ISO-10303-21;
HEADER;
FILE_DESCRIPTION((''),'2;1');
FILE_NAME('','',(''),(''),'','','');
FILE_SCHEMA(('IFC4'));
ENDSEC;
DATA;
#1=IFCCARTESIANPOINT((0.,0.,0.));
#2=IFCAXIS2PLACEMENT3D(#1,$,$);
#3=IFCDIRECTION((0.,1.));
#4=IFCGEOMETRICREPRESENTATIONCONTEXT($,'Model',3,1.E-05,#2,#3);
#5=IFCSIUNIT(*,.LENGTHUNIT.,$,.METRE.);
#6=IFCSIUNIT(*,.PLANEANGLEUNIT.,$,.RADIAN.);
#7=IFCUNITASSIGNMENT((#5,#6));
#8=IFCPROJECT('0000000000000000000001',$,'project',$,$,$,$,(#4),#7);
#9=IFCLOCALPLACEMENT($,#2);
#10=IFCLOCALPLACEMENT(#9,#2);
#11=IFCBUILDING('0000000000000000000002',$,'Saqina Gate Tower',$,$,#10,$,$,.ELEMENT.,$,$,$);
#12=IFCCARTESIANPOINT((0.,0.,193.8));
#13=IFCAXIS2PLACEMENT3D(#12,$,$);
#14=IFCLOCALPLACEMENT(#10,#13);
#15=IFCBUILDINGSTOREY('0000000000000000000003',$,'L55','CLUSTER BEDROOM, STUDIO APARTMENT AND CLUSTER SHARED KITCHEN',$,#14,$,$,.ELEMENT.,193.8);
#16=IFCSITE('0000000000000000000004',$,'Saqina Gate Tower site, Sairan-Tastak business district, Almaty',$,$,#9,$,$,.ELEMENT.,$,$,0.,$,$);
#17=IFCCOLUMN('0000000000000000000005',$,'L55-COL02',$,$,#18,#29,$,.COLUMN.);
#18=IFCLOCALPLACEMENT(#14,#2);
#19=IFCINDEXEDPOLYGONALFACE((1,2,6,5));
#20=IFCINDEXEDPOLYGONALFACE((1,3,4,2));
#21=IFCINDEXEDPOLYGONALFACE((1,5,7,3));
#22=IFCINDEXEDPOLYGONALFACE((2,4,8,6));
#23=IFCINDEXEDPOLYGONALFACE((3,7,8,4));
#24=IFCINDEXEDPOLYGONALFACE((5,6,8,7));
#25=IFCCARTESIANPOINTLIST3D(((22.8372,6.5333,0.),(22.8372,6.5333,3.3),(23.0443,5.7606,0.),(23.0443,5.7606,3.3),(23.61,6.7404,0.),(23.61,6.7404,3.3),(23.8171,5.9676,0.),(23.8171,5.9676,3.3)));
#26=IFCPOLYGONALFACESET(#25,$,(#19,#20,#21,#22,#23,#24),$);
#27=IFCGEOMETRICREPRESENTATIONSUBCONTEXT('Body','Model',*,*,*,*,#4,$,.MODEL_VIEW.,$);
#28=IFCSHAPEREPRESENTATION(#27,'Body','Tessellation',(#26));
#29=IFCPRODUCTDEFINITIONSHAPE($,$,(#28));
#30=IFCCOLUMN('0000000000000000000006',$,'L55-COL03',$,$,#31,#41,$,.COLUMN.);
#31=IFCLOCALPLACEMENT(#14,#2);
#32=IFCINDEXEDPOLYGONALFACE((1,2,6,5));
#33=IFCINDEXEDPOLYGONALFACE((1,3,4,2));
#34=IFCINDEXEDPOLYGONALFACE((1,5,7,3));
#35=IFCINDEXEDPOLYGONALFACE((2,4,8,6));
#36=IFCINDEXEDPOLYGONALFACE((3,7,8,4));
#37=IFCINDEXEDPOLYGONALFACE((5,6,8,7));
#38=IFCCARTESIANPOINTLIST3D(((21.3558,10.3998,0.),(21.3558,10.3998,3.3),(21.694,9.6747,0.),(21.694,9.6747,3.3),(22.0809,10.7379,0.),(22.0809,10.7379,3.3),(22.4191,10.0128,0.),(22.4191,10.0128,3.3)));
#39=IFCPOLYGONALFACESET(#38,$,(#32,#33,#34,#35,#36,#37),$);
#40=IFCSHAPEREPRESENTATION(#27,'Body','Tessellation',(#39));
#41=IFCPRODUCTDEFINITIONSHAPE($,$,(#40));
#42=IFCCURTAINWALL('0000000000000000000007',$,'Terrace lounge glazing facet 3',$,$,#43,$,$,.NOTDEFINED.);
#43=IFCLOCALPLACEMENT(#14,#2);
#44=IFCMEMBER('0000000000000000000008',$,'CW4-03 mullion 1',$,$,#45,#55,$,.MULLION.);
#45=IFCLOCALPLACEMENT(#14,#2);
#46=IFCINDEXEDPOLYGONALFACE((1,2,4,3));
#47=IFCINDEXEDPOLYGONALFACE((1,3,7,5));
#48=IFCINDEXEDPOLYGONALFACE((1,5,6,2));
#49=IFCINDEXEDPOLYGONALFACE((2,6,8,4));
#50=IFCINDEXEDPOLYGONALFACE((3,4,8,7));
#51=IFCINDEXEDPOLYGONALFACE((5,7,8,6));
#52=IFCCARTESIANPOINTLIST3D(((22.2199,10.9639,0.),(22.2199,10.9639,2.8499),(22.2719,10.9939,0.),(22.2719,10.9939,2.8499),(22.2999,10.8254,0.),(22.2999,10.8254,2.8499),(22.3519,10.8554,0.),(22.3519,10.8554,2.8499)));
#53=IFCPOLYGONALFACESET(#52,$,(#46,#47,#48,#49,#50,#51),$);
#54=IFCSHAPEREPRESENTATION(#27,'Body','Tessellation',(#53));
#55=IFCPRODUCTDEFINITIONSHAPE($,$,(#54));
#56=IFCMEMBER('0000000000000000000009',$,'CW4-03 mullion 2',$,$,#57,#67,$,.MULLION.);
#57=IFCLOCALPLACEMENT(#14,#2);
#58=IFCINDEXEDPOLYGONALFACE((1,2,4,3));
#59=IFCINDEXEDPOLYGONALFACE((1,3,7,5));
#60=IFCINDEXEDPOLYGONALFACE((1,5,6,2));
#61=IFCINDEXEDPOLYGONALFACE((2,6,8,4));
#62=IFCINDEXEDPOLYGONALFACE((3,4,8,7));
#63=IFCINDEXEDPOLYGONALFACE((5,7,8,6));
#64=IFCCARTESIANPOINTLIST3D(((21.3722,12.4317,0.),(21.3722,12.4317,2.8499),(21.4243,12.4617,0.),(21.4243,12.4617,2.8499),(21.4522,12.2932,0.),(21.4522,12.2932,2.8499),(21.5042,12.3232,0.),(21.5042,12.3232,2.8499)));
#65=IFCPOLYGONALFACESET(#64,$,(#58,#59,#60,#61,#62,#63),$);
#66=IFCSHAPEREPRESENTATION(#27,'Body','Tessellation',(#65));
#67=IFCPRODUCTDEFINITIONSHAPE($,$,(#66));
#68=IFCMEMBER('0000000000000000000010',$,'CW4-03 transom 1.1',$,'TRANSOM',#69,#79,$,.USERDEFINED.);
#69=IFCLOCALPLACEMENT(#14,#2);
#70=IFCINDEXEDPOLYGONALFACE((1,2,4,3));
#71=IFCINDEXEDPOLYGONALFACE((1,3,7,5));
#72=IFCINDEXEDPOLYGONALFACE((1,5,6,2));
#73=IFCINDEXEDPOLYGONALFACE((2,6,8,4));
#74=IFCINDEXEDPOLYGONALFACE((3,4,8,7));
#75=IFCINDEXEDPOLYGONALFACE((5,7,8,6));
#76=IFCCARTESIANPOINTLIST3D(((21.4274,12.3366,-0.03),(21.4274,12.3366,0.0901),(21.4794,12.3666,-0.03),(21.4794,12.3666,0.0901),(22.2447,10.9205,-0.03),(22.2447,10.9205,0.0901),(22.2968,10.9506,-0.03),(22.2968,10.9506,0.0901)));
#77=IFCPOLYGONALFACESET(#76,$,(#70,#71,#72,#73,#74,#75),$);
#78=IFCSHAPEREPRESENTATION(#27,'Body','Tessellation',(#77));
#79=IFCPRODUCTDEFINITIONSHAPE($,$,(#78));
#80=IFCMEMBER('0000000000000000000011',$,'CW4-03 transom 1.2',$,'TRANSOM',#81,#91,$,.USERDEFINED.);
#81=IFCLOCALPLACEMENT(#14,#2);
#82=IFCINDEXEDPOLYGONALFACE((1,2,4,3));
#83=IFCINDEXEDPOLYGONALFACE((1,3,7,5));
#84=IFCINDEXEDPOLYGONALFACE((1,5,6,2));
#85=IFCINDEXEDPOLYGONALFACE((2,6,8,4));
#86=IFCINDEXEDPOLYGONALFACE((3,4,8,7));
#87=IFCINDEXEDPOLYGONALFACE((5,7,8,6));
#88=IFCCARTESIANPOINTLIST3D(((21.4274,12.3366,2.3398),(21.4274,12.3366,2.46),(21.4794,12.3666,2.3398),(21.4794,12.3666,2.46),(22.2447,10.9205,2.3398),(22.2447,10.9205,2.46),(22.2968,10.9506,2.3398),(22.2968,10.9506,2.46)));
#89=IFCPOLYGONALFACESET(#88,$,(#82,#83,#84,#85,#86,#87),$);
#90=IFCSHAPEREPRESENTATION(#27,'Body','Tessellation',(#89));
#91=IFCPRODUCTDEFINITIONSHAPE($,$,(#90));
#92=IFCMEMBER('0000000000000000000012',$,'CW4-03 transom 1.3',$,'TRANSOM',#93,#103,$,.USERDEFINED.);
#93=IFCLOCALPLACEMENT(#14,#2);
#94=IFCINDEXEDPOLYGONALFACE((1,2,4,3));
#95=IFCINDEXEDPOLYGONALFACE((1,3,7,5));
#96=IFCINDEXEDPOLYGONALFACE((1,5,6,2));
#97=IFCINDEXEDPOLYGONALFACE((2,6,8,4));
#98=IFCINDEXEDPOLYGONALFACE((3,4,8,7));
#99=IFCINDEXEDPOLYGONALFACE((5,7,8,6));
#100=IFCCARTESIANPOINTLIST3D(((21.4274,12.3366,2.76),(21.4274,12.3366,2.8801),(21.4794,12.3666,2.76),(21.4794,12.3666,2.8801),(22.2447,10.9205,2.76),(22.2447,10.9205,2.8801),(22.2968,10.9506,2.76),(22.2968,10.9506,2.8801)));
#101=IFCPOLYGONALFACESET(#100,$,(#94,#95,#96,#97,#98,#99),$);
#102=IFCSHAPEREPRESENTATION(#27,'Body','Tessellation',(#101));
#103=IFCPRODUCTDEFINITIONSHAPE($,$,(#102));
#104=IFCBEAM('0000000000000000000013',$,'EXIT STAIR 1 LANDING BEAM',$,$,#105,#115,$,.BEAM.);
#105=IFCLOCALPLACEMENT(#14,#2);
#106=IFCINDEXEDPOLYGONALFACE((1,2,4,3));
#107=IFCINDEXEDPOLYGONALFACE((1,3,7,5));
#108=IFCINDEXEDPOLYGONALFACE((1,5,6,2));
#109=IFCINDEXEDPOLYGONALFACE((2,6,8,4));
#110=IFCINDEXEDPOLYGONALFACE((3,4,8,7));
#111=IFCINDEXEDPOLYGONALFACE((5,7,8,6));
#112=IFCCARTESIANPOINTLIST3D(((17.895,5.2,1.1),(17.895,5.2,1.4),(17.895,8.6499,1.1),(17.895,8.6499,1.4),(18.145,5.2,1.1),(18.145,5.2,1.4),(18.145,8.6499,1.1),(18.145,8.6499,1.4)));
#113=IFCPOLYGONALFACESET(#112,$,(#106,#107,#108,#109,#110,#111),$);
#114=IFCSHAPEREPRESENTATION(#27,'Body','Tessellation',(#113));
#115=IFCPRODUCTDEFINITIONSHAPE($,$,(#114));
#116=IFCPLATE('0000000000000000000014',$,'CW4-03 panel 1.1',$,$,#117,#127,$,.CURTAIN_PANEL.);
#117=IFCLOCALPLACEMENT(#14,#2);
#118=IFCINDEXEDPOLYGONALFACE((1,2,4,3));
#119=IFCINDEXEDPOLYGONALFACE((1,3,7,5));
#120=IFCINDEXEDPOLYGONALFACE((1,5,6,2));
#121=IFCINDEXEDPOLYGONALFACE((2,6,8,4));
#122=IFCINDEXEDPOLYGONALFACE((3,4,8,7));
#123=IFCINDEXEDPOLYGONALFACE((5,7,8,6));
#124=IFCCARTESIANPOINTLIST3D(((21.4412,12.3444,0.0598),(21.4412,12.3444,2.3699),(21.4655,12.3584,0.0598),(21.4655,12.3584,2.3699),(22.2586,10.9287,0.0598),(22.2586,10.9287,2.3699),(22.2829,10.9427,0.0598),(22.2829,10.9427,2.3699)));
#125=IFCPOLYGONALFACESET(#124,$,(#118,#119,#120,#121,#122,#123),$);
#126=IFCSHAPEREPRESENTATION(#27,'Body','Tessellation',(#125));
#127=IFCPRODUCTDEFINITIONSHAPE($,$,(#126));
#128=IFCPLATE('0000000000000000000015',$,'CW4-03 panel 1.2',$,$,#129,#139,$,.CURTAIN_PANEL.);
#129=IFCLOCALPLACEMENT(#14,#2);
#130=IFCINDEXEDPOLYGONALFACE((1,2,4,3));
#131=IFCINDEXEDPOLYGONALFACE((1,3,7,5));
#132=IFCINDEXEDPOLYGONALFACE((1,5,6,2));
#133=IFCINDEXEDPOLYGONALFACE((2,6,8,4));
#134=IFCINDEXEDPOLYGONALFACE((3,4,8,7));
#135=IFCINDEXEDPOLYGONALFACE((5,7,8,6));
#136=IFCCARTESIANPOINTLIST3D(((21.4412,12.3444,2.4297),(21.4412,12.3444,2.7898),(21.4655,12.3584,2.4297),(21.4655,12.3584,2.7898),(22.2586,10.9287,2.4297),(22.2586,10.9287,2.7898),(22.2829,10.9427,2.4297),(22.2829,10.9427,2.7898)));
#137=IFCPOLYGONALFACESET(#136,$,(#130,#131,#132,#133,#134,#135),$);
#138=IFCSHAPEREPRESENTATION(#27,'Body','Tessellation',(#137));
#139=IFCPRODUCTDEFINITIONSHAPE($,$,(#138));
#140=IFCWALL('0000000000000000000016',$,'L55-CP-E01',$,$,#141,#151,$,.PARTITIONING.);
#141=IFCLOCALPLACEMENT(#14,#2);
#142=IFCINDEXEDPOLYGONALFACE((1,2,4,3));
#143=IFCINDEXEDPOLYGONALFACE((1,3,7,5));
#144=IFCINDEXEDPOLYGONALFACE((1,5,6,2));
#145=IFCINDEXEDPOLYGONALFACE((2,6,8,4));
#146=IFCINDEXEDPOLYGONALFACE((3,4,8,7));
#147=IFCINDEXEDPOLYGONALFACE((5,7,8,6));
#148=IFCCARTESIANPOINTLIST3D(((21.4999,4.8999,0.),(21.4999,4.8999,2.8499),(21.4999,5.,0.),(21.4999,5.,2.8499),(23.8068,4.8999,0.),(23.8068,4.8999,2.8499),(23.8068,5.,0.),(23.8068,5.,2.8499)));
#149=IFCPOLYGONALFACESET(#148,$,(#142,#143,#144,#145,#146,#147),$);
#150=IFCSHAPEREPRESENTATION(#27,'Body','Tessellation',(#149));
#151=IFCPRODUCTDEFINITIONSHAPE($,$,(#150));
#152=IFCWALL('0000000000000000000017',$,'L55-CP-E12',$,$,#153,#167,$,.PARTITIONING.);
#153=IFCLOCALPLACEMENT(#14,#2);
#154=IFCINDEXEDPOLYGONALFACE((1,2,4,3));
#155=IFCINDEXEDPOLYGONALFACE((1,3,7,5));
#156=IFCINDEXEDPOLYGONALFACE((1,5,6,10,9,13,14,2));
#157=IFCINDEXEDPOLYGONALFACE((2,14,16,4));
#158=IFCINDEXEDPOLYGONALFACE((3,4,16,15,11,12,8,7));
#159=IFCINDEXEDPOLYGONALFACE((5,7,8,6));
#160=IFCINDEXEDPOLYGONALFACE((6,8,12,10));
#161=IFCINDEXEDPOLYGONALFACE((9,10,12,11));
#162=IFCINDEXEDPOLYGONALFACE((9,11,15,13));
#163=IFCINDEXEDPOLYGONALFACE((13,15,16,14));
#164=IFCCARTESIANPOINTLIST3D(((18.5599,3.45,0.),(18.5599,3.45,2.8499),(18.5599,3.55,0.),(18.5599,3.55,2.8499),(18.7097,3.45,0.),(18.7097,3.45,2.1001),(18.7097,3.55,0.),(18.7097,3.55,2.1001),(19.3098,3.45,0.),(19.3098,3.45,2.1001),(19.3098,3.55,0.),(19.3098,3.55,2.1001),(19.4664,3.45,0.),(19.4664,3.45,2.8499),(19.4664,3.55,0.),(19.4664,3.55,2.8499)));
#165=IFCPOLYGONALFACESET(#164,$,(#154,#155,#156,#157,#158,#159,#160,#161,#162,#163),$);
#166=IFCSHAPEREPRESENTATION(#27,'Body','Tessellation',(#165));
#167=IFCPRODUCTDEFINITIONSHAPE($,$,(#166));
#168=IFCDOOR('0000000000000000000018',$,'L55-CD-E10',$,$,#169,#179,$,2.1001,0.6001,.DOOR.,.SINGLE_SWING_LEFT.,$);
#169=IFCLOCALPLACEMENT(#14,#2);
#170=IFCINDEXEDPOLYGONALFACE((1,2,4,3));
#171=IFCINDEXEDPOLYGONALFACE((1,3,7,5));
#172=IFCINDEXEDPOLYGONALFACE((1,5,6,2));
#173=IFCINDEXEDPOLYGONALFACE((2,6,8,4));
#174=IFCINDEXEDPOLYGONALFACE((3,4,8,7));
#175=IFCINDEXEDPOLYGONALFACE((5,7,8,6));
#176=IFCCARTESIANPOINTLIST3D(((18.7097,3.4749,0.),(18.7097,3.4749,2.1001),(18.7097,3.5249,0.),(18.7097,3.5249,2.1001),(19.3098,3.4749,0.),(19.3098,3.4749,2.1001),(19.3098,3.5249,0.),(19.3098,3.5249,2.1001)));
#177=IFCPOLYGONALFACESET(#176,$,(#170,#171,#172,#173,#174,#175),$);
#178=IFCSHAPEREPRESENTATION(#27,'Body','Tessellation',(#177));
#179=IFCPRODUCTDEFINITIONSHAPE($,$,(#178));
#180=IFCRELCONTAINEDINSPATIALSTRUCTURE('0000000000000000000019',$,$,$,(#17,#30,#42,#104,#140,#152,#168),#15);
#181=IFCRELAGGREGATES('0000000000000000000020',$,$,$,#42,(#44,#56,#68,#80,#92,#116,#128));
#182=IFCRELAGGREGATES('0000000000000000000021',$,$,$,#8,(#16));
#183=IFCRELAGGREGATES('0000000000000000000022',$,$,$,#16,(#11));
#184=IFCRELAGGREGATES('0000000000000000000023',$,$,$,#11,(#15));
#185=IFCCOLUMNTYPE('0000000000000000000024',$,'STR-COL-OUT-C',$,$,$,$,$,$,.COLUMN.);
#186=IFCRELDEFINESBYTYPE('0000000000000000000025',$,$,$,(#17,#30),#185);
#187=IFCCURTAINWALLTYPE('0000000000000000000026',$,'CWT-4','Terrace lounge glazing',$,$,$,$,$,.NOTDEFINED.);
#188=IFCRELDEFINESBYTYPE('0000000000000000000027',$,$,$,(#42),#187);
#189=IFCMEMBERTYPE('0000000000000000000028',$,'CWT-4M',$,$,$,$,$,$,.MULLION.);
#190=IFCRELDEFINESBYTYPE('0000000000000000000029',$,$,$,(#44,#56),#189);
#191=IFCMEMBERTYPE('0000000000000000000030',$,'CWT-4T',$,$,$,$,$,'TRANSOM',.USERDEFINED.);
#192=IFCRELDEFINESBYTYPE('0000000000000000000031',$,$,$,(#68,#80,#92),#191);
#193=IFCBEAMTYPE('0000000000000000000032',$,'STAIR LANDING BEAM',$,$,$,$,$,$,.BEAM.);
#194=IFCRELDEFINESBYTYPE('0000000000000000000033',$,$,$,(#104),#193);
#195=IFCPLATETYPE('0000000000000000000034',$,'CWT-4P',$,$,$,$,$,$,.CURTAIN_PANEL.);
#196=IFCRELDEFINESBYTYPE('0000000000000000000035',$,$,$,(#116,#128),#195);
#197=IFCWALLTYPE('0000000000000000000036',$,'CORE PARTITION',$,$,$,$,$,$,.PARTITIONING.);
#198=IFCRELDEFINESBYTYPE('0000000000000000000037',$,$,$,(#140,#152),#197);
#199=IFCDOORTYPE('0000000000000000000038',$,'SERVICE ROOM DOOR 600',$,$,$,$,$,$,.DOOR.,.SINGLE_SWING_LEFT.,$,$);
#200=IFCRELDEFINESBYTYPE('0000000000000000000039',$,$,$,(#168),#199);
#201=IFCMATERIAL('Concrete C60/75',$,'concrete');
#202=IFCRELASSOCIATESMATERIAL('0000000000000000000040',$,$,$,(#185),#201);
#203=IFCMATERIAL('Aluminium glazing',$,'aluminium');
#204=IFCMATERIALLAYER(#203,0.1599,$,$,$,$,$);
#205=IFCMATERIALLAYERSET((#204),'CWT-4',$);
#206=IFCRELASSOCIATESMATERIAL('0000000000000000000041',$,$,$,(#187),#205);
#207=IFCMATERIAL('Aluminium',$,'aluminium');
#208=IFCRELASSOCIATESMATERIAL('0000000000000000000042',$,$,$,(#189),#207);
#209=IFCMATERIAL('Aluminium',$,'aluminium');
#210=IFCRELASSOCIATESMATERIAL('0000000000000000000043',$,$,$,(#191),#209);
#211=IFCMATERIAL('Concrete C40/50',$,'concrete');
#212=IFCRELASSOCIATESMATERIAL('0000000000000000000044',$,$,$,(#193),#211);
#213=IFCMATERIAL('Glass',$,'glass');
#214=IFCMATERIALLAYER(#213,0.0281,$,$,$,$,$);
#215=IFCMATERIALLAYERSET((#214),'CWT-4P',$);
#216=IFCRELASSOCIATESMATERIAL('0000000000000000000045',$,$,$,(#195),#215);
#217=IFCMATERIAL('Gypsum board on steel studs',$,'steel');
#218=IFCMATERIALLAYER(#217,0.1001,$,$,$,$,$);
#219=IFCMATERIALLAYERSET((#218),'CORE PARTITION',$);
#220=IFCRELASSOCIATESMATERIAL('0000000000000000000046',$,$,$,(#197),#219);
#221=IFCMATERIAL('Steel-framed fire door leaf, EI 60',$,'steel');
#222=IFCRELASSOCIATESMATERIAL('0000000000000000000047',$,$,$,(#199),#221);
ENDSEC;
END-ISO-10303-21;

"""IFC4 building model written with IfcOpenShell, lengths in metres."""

from ifc_helpers import new_model, si_unit, direction, frame, frame_2d, origin, origin_2d, place, context, subcontext, project, spatial, rectangle, extrude, material, layer, layer_set, material_profile, profile_set, type_object, element, fill, aggregate, save


model = new_model("IFC4")

# Units and contexts
model_context = context("Model", 3, precision=1e-05, world=origin(), true_north=direction((0.0, 1.0)))
body_context = subcontext(model_context, "Body", "Model", "MODEL_VIEW")
ifc_project = project(units=[si_unit("LENGTHUNIT", "METRE"), si_unit("PLANEANGLEUNIT", "RADIAN")], contexts=[model_context])

# Site, building, storey
site_placement = place(None, origin())
site = spatial("IfcSite", under=ifc_project, at=site_placement, Name="Saqina Gate Tower site, Sairan-Tastak business district, Almaty", CompositionType="ELEMENT", RefElevation=0.0)
building_placement = place(site_placement, origin())
building = spatial("IfcBuilding", under=site, at=building_placement, Name="Saqina Gate Tower", CompositionType="ELEMENT")
storey_placement = place(building_placement, frame((0.0, 0.0, 193.8)))
storey = spatial("IfcBuildingStorey", under=building, at=storey_placement, Name="L55", Description="CLUSTER BEDROOM, STUDIO APARTMENT AND CLUSTER SHARED KITCHEN", CompositionType="ELEMENT", Elevation=193.8)

# Columns
ifc_material_1 = material(Name="Concrete C60/75", Category="concrete")
ifc_material_profile_1 = material_profile(ifc_material_1, rectangle(XDim=0.8, YDim=0.8, at=origin_2d()), Name="RC 800x800")
ifc_profile_set_1 = profile_set([ifc_material_profile_1], Name="Concrete C60/75")
column_type = type_object("IfcColumnType", Name="STR-COL-OUT-C", PredefinedType="COLUMN", material=ifc_profile_set_1)
for number, where, z_axis, x_axis, name in (
    (1, (23.3271, 6.2505, 0.0), (0.0, 0.0, 1.0), (0.965926, 0.258819, 0.0), "L55-COL02"),
    (2, (21.8875, 10.2063, 0.0), (0.0, 0.0, 1.0), (0.906308, 0.422618, 0.0), "L55-COL03"),
):
    element("IfcColumn", number, at=place(storey_placement, frame(where, z_axis=z_axis, x_axis=x_axis)), inside=storey, type_object=column_type, Name=name, PredefinedType="COLUMN", context=body_context, shape_type="SweptSolid", body=[
        extrude(rectangle(XDim=0.8, YDim=0.8, at=origin_2d()), origin(), (0.0, 0.0, 1.0), 3.3),
    ])

# Curtain wall, members
ifc_material_2 = material(Name="Aluminium glazing", Category="aluminium")
ifc_layer_1 = layer(ifc_material_2, 0.1599)
ifc_layer_set_1 = layer_set([ifc_layer_1], Name="CWT-4")
curtain_wall_type = type_object("IfcCurtainWallType", Name="CWT-4", Description="Terrace lounge glazing", PredefinedType="NOTDEFINED", material=ifc_layer_set_1)
curtain_wall_placement = place(storey_placement, origin())
curtain_wall = element("IfcCurtainWall", 3, at=curtain_wall_placement, inside=storey, type_object=curtain_wall_type, Name="Terrace lounge glazing facet 3", PredefinedType="NOTDEFINED")
ifc_material_3 = material(Name="Aluminium", Category="aluminium")
ifc_material_profile_2 = material_profile(ifc_material_3, rectangle(XDim=0.0601, YDim=0.1599, at=origin_2d()), Name="Aluminium 60x160")
ifc_profile_set_2 = profile_set([ifc_material_profile_2], Name="Aluminium")
member_type_1 = type_object("IfcMemberType", Name="CWT-4M", PredefinedType="MULLION", material=ifc_profile_set_2)
member_1_placement = place(storey_placement, frame((22.2859, 10.9097, 0.0), z_axis=(0.0, 0.0, 1.0), x_axis=(-0.866017, -0.500014, 0.0)))
member_1 = element("IfcMember", 4, at=member_1_placement, type_object=member_type_1, Name="CW4-03 mullion 1", PredefinedType="MULLION", context=body_context, shape_type="SweptSolid", body=[
    extrude(rectangle(XDim=0.0601, YDim=0.1599, at=origin_2d()), origin(), (0.0, 0.0, 1.0), 2.8499),
])
member_2_placement = place(storey_placement, frame((21.4382, 12.3774, 0.0), z_axis=(0.0, 0.0, 1.0), x_axis=(-0.866017, -0.500014, 0.0)))
member_2 = element("IfcMember", 5, at=member_2_placement, type_object=member_type_1, Name="CW4-03 mullion 2", PredefinedType="MULLION", context=body_context, shape_type="SweptSolid", body=[
    extrude(rectangle(XDim=0.0601, YDim=0.1599, at=origin_2d()), origin(), (0.0, 0.0, 1.0), 2.8499),
])
ifc_material_4 = material(Name="Aluminium", Category="aluminium")
ifc_material_profile_3 = material_profile(ifc_material_4, rectangle(XDim=0.0601, YDim=0.1201, at=origin_2d()), Name="Aluminium 60x120")
ifc_profile_set_3 = profile_set([ifc_material_profile_3], Name="Aluminium")
member_type_2 = type_object("IfcMemberType", Name="CWT-4T", ElementType="TRANSOM", PredefinedType="USERDEFINED", material=ifc_profile_set_3)
member_3_placement = place(storey_placement, frame((22.2708, 10.9355, 0.03), z_axis=(-0.499929, 0.866066, 0.0), x_axis=(-0.866066, -0.499929, 0.0)))
member_3 = element("IfcMember", 6, at=member_3_placement, type_object=member_type_2, Name="CW4-03 transom 1.1", ObjectType="TRANSOM", PredefinedType="USERDEFINED", context=body_context, shape_type="SweptSolid", body=[
    extrude(rectangle(XDim=0.0601, YDim=0.1201, at=origin_2d()), origin(), (0.0, 0.0, 1.0), 1.635),
])
member_4_placement = place(storey_placement, frame((22.2708, 10.9355, 2.3999), z_axis=(-0.499929, 0.866066, 0.0), x_axis=(-0.866066, -0.499929, 0.0)))
member_4 = element("IfcMember", 7, at=member_4_placement, type_object=member_type_2, Name="CW4-03 transom 1.2", ObjectType="TRANSOM", PredefinedType="USERDEFINED", context=body_context, shape_type="SweptSolid", body=[
    extrude(rectangle(XDim=0.0601, YDim=0.1201, at=origin_2d()), origin(), (0.0, 0.0, 1.0), 1.635),
])
member_5_placement = place(storey_placement, frame((22.2708, 10.9355, 2.8201), z_axis=(-0.499929, 0.866066, 0.0), x_axis=(-0.866066, -0.499929, 0.0)))
member_5 = element("IfcMember", 8, at=member_5_placement, type_object=member_type_2, Name="CW4-03 transom 1.3", ObjectType="TRANSOM", PredefinedType="USERDEFINED", context=body_context, shape_type="SweptSolid", body=[
    extrude(rectangle(XDim=0.0601, YDim=0.1201, at=origin_2d()), origin(), (0.0, 0.0, 1.0), 1.635),
])

# Beam
ifc_material_5 = material(Name="Concrete C40/50", Category="concrete")
ifc_material_profile_4 = material_profile(ifc_material_5, rectangle(XDim=0.25, YDim=0.3, at=origin_2d()), Name="STAIR LANDING BEAM")
ifc_profile_set_4 = profile_set([ifc_material_profile_4], Name="Concrete C40/50")
beam_type = type_object("IfcBeamType", Name="STAIR LANDING BEAM", PredefinedType="BEAM", material=ifc_profile_set_4)
beam_placement = place(storey_placement, frame((18.02, 5.2, 1.25), z_axis=(0.0, 1.0, 0.0), x_axis=(-1.0, 0.0, 0.0)))
element("IfcBeam", 9, at=beam_placement, inside=storey, type_object=beam_type, Name="EXIT STAIR 1 LANDING BEAM", PredefinedType="BEAM", context=body_context, shape_type="SweptSolid", body=[
    extrude(rectangle(XDim=0.25, YDim=0.3, at=origin_2d()), origin(), (0.0, 0.0, 1.0), 3.45),
])

# Plates
ifc_material_6 = material(Name="Glass", Category="glass")
ifc_layer_2 = layer(ifc_material_6, 0.0281)
ifc_layer_set_2 = layer_set([ifc_layer_2], Name="CWT-4P")
plate_type = type_object("IfcPlateType", Name="CWT-4P", PredefinedType="CURTAIN_PANEL", material=ifc_layer_set_2)
plate_1_placement = place(storey_placement, frame((21.8621, 11.6436, 0.0598), z_axis=(0.0, 0.0, 1.0), x_axis=(-0.500014, 0.866017, 0.0)))
plate_1 = element("IfcPlate", 10, at=plate_1_placement, type_object=plate_type, Name="CW4-03 panel 1.1", PredefinedType="CURTAIN_PANEL", context=body_context, shape_type="SweptSolid", body=[
    extrude(rectangle(XDim=1.6348, YDim=0.0281, at=origin_2d()), origin(), (0.0, 0.0, 1.0), 2.3101),
])
plate_2_placement = place(storey_placement, frame((21.8621, 11.6436, 2.4297), z_axis=(0.0, 0.0, 1.0), x_axis=(-0.500014, 0.866017, 0.0)))
plate_2 = element("IfcPlate", 11, at=plate_2_placement, type_object=plate_type, Name="CW4-03 panel 1.2", PredefinedType="CURTAIN_PANEL", context=body_context, shape_type="SweptSolid", body=[
    extrude(rectangle(XDim=1.6348, YDim=0.0281, at=origin_2d()), origin(), (0.0, 0.0, 1.0), 0.3601),
])
aggregate(curtain_wall, [member_1, member_2, member_3, member_4, member_5, plate_1, plate_2])

# Wall
ifc_material_7 = material(Name="Gypsum board on steel studs", Category="steel")
ifc_layer_3 = layer(ifc_material_7, 0.1001)
ifc_layer_set_3 = layer_set([ifc_layer_3], Name="CORE PARTITION")
wall_type_1 = type_object("IfcWallType", Name="CORE PARTITION", PredefinedType="PARTITIONING", material=ifc_layer_set_3)
wall_1_placement = place(storey_placement, frame((21.5, 4.95, 0.0), z_axis=(0.0, 0.0, 1.0), x_axis=(1.0, 0.0, 0.0)))
element("IfcWall", 12, at=wall_1_placement, inside=storey, type_object=wall_type_1, Name="L55-CP-E01", PredefinedType="PARTITIONING", context=body_context, shape_type="SweptSolid", body=[
    extrude(rectangle(XDim=2.3069, YDim=0.1001, at=frame_2d((1.1533, 0.0))), origin(), (0.0, 0.0, 1.0), 2.8499),
])

# Wall, opening, door
wall_2_placement = place(storey_placement, frame((18.5601, 3.5, 0.0), z_axis=(0.0, 0.0, 1.0), x_axis=(1.0, 0.0, 0.0)))
wall_2 = element("IfcWall", 13, at=wall_2_placement, inside=storey, type_object=wall_type_1, Name="L55-CP-E12", PredefinedType="PARTITIONING", context=body_context, shape_type="SweptSolid", body=[
    extrude(rectangle(XDim=0.9065, YDim=0.1001, at=frame_2d((0.4531, 0.0))), origin(), (0.0, 0.0, 1.0), 2.8499),
])
opening_1_placement = place(wall_2_placement, frame((0.1497, 0.0, 0.0)))
opening_1 = element("IfcOpeningElement", 14, at=opening_1_placement, cuts=wall_2, PredefinedType="OPENING", context=body_context, shape_type="SweptSolid", body=[
    extrude(rectangle(XDim=0.6001, YDim=2.1001, at=frame_2d((0.3, 1.05))), frame((0.0, 0.062, 0.0), z_axis=(0.0, -1.0, 0.0), x_axis=(1.0, 0.0, 0.0)), (0.0, 0.0, 1.0), 0.124),
])
ifc_material_8 = material(Name="Steel-framed fire door leaf, EI 60", Category="steel")
door_type_1 = type_object("IfcDoorType", Name="SERVICE ROOM DOOR 600", OperationType="SINGLE_SWING_LEFT", PredefinedType="DOOR", material=ifc_material_8)
door_1_placement = place(opening_1_placement, origin())
door_1 = element("IfcDoor", 15, at=door_1_placement, inside=storey, type_object=door_type_1, Name="L55-CD-E10", OperationType="SINGLE_SWING_LEFT", OverallHeight=2.1001, OverallWidth=0.6001, PredefinedType="DOOR", context=body_context, shape_type="SweptSolid", body=[
    extrude(rectangle(XDim=0.6001, YDim=2.1001, at=frame_2d((0.3, 1.05))), frame((0.0, 0.0249, 0.0), z_axis=(0.0, -1.0, 0.0), x_axis=(1.0, 0.0, 0.0)), (0.0, 0.0, 1.0), 0.05),
])
fill(opening_1, door_1)

save(model, "model.ifc")
